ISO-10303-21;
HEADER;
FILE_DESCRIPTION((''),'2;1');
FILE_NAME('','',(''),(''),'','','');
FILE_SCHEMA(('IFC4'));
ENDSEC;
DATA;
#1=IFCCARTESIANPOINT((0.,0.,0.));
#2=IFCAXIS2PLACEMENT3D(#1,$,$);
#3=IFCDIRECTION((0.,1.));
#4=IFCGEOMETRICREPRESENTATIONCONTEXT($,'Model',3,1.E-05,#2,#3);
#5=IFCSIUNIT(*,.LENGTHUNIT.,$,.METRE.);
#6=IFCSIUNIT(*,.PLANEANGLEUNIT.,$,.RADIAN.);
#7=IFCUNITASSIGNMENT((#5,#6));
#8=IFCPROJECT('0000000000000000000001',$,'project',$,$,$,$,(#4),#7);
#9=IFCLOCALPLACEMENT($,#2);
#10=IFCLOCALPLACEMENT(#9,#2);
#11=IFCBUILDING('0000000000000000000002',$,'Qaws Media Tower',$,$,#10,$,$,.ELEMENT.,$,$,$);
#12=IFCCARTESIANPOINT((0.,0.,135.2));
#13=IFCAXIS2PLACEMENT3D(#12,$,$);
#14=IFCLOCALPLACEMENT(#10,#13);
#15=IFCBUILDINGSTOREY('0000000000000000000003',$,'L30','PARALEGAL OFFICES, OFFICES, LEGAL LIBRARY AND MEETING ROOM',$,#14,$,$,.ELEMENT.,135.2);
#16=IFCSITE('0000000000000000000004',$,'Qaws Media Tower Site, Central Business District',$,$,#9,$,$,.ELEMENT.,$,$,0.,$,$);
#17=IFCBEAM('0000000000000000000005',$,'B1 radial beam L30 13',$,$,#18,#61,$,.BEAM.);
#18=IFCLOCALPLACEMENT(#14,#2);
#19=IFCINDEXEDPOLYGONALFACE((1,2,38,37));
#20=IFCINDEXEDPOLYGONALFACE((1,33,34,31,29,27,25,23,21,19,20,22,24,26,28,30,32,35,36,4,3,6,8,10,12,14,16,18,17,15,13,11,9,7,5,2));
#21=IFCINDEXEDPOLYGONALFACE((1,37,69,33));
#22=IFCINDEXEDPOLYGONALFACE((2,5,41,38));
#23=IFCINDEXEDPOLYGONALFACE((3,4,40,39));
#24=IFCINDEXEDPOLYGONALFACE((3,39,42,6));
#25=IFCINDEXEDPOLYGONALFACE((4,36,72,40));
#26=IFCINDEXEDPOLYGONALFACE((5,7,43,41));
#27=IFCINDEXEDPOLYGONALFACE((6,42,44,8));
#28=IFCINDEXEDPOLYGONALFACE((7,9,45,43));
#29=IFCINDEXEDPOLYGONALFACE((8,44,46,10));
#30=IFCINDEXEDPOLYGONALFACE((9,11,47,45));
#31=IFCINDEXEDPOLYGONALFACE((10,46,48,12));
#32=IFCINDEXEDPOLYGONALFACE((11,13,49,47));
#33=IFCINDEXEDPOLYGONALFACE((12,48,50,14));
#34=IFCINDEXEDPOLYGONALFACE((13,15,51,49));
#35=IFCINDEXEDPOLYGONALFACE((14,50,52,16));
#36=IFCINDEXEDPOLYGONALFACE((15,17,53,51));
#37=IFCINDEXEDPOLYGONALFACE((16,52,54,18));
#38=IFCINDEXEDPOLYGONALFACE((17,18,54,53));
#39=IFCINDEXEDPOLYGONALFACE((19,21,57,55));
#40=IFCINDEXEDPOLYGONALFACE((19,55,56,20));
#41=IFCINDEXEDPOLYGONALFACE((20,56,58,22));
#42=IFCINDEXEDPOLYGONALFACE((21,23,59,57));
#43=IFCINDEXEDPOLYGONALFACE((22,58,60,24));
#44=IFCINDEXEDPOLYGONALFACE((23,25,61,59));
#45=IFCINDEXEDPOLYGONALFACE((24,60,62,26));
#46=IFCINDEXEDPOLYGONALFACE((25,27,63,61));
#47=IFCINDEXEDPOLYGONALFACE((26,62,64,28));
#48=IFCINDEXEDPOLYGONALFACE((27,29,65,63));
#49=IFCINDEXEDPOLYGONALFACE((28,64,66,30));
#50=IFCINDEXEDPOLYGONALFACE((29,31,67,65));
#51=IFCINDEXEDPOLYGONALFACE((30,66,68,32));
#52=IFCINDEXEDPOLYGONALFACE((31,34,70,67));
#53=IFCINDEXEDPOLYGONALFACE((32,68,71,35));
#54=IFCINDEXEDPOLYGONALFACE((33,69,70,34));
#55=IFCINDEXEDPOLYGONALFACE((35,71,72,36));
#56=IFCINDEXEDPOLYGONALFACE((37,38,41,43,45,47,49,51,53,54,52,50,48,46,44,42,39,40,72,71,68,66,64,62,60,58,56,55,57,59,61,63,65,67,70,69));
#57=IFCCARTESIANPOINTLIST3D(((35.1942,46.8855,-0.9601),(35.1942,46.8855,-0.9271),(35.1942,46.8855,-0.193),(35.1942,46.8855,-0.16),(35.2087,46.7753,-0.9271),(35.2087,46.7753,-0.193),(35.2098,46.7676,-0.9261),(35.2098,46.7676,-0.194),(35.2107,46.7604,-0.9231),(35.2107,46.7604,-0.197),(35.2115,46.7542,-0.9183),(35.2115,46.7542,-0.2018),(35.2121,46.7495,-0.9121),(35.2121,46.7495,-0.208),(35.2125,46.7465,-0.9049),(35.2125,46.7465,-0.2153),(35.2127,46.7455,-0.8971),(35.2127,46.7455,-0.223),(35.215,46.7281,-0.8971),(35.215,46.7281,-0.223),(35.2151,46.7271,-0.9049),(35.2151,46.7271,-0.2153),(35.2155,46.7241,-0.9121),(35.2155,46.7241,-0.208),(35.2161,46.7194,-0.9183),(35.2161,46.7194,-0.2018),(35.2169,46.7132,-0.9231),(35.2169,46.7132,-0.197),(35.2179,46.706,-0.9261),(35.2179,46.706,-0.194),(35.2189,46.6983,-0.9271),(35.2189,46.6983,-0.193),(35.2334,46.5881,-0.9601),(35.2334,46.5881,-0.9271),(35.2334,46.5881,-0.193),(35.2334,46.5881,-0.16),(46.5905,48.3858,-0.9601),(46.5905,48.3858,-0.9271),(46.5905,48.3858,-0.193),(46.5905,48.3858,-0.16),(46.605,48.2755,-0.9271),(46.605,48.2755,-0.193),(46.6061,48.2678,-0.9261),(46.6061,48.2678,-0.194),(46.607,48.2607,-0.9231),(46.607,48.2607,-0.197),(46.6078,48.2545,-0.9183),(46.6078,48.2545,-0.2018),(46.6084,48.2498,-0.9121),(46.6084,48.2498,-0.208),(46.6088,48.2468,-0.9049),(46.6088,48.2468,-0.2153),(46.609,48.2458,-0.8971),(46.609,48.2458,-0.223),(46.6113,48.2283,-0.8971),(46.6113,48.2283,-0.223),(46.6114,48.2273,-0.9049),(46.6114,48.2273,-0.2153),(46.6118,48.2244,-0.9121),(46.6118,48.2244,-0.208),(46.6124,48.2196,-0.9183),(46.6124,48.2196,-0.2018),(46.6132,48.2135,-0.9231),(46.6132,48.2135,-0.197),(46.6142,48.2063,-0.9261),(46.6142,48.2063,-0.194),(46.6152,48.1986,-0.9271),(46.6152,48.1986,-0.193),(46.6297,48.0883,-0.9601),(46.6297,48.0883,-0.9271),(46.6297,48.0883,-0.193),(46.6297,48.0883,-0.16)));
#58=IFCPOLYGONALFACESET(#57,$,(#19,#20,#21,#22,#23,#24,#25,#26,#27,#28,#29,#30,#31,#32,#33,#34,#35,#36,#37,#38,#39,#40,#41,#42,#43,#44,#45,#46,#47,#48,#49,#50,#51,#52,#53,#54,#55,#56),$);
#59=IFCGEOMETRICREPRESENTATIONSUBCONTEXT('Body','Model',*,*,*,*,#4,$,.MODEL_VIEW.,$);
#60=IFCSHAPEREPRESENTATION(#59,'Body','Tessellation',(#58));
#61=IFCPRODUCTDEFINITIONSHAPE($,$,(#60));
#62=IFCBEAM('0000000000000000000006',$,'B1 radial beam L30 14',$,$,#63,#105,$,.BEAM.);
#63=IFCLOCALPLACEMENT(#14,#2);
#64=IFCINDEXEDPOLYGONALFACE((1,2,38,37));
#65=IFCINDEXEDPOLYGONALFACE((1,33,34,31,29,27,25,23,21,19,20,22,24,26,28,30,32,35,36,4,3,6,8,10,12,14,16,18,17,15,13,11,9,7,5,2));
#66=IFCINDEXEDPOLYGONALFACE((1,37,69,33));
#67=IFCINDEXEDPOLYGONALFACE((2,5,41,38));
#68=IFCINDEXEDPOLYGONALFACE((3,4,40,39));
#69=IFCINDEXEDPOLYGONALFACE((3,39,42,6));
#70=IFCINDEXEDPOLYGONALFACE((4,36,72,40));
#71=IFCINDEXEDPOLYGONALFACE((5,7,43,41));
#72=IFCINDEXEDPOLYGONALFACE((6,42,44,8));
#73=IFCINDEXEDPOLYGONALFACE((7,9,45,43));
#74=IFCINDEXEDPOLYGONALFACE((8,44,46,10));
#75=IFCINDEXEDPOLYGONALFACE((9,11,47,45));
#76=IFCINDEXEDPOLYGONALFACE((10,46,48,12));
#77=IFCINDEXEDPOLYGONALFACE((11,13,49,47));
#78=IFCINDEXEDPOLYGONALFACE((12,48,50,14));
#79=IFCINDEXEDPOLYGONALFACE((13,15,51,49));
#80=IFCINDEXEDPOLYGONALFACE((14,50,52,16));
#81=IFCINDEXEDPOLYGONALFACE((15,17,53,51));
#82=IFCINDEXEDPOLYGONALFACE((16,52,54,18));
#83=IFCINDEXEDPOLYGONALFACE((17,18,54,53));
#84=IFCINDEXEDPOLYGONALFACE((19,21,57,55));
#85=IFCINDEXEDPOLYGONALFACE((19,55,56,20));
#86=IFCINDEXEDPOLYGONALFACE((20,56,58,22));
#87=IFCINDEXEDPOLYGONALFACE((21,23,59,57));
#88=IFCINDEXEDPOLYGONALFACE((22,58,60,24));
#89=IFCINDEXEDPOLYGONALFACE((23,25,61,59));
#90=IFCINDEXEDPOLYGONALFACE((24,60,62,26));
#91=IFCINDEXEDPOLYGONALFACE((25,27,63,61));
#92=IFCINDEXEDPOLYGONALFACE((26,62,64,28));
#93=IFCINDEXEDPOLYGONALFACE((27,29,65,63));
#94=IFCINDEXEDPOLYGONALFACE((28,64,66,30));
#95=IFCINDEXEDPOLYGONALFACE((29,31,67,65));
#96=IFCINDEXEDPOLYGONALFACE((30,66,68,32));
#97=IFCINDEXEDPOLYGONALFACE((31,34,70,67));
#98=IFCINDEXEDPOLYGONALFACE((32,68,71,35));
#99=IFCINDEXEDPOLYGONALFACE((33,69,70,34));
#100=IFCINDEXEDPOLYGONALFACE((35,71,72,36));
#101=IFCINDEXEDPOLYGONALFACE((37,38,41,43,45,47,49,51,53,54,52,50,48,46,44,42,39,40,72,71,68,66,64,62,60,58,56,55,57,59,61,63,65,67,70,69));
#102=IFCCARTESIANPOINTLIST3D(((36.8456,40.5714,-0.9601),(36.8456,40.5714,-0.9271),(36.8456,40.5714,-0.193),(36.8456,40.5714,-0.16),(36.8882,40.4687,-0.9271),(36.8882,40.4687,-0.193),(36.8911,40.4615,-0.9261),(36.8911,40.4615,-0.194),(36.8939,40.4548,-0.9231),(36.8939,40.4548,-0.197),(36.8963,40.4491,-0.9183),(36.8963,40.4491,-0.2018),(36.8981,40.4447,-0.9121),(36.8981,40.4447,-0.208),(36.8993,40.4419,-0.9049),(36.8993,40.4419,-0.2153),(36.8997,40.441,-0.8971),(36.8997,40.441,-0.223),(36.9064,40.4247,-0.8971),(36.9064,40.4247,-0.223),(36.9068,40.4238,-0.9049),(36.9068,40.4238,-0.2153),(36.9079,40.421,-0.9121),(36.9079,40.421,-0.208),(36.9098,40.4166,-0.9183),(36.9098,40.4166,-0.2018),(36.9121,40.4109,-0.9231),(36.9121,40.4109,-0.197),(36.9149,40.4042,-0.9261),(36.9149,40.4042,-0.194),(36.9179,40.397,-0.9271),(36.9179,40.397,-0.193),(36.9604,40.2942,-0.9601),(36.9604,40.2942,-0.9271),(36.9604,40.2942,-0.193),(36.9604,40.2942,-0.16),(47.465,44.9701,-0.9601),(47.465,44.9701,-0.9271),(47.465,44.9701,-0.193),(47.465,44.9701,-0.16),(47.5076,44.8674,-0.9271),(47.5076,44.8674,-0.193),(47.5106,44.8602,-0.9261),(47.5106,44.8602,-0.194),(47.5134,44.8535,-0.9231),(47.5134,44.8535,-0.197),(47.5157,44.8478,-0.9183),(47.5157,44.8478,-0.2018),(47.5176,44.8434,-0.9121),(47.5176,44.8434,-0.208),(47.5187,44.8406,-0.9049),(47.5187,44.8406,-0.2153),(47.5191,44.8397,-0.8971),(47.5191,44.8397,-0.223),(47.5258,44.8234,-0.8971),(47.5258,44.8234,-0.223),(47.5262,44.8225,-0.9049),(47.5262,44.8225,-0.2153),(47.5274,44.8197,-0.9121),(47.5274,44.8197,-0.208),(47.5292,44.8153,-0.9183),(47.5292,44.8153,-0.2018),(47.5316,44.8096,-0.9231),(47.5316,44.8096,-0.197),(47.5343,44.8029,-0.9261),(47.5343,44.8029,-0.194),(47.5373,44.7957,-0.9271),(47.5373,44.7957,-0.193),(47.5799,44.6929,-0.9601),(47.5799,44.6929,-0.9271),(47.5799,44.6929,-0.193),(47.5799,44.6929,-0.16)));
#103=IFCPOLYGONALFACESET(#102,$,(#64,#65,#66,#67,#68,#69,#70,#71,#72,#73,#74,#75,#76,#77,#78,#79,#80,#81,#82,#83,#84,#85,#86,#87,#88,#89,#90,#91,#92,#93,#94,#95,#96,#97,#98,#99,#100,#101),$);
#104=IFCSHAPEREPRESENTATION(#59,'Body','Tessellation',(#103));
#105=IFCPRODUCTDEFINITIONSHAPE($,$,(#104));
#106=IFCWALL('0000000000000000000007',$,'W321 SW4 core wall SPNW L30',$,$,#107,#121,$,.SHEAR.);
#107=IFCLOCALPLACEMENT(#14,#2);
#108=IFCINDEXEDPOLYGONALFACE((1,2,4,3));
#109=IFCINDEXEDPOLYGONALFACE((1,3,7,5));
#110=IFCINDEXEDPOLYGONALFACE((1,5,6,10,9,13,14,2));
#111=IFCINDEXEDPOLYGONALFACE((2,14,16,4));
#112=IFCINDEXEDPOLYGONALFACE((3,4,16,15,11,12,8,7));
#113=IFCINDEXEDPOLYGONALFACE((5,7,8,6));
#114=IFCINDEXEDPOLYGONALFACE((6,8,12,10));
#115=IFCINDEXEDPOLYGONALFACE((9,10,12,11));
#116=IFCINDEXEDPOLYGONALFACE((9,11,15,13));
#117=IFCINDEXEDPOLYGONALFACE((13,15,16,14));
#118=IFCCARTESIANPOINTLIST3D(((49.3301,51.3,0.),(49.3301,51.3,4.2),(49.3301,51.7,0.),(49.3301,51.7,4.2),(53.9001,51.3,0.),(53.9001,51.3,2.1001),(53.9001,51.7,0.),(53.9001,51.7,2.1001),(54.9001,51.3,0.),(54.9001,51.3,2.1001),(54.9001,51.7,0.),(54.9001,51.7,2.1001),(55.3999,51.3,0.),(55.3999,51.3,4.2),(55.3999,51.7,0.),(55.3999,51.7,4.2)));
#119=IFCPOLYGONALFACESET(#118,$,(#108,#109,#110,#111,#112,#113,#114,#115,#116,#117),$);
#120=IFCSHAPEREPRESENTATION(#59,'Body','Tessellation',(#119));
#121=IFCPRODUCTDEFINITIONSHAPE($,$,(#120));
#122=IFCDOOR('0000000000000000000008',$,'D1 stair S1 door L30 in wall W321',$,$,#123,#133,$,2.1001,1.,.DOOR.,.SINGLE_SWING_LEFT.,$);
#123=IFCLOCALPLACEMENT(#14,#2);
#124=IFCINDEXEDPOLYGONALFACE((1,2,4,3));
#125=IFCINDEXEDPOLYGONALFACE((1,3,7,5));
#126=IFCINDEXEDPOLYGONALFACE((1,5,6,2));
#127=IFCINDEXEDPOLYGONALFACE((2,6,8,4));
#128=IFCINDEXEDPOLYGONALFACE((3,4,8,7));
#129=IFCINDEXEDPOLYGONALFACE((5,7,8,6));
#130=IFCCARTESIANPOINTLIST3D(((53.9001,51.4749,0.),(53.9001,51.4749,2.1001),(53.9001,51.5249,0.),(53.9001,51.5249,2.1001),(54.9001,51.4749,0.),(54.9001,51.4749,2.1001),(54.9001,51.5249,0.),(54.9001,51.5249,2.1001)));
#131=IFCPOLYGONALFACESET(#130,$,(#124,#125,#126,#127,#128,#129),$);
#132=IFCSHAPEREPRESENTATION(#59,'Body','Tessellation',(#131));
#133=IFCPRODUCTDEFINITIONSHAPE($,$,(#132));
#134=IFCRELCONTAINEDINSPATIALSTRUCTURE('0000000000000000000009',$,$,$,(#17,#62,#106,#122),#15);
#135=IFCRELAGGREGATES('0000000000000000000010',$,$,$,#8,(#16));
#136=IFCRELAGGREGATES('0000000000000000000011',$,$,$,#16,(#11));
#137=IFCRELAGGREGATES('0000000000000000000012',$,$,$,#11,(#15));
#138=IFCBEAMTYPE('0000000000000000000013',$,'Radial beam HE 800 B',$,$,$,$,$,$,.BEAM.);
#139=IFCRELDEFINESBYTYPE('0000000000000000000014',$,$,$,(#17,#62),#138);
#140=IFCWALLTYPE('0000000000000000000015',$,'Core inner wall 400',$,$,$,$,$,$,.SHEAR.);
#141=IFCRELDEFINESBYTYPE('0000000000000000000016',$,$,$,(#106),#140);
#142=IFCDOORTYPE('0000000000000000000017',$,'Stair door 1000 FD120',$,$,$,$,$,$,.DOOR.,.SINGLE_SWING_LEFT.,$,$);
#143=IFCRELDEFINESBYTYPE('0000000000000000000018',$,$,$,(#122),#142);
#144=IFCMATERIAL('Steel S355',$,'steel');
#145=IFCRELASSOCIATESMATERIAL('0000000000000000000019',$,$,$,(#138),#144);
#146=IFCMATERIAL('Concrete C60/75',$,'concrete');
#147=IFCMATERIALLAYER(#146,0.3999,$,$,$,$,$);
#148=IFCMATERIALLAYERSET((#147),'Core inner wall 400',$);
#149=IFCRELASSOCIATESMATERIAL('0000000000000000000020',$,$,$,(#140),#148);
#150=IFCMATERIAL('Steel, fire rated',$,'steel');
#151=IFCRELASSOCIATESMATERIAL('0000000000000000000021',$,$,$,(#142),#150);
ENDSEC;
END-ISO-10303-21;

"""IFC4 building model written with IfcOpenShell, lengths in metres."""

from ifc_helpers import new_model, si_unit, direction, frame, frame_2d, origin, origin_2d, place, context, subcontext, project, spatial, rectangle, i_section, extrude, material, layer, layer_set, material_profile, profile_set, type_object, element, fill, save


model = new_model("IFC4")

# Units and contexts
model_context = context("Model", 3, precision=1e-05, world=origin(), true_north=direction((0.0, 1.0)))
body_context = subcontext(model_context, "Body", "Model", "MODEL_VIEW")
ifc_project = project(units=[si_unit("LENGTHUNIT", "METRE"), si_unit("PLANEANGLEUNIT", "RADIAN")], contexts=[model_context])

# Site, building, storey
site_placement = place(None, origin())
site = spatial("IfcSite", under=ifc_project, at=site_placement, Name="Qaws Media Tower Site, Central Business District", CompositionType="ELEMENT", RefElevation=0.0)
building_placement = place(site_placement, origin())
building = spatial("IfcBuilding", under=site, at=building_placement, Name="Qaws Media Tower", CompositionType="ELEMENT")
storey_placement = place(building_placement, frame((0.0, 0.0, 135.2)))
storey = spatial("IfcBuildingStorey", under=building, at=storey_placement, Name="L30", Description="PARALEGAL OFFICES, OFFICES, LEGAL LIBRARY AND MEETING ROOM", CompositionType="ELEMENT", Elevation=135.2)

# Beams
ifc_material_1 = material(Name="Steel S355", Category="steel")
ifc_material_profile_1 = material_profile(ifc_material_1, i_section(OverallWidth=0.3, OverallDepth=0.8, WebThickness=0.0176, FlangeThickness=0.033, FilletRadius=0.03, at=origin_2d()), Name="HE 800 B")
ifc_profile_set_1 = profile_set([ifc_material_profile_1], Name="Steel S355")
beam_type_1 = type_object("IfcBeamType", Name="Radial beam HE 800 B", PredefinedType="BEAM", material=ifc_profile_set_1)
beam_1_placement = place(storey_placement, frame((46.6101, 48.2371, -0.5601), z_axis=(-0.991446, -0.130518, 0.0), x_axis=(0.130518, -0.991446, 0.0)))
element("IfcBeam", 1, at=beam_1_placement, inside=storey, type_object=beam_type_1, Name="B1 radial beam L30 13", PredefinedType="BEAM", context=body_context, shape_type="SweptSolid", body=[
    extrude(i_section(OverallWidth=0.3, OverallDepth=0.8, WebThickness=0.0176, FlangeThickness=0.033, FilletRadius=0.03, at=origin_2d()), origin(), (0.0, 0.0, 1.0), 11.4946),
])
beam_2_placement = place(storey_placement, frame((47.5225, 44.8315, -0.5601), z_axis=(-0.92388, -0.382683, 0.0), x_axis=(0.382683, -0.92388, 0.0)))
element("IfcBeam", 2, at=beam_2_placement, inside=storey, type_object=beam_type_1, Name="B1 radial beam L30 14", PredefinedType="BEAM", context=body_context, shape_type="SweptSolid", body=[
    extrude(i_section(OverallWidth=0.3, OverallDepth=0.8, WebThickness=0.0176, FlangeThickness=0.033, FilletRadius=0.03, at=origin_2d()), origin(), (0.0, 0.0, 1.0), 11.4944),
])

# Wall, opening, door
ifc_material_2 = material(Name="Concrete C60/75", Category="concrete")
ifc_layer_1 = layer(ifc_material_2, 0.3999)
ifc_layer_set_1 = layer_set([ifc_layer_1], Name="Core inner wall 400")
wall_type_1 = type_object("IfcWallType", Name="Core inner wall 400", PredefinedType="SHEAR", material=ifc_layer_set_1)
wall_1_placement = place(storey_placement, frame((49.3301, 51.5, 0.0), z_axis=(0.0, 0.0, 1.0), x_axis=(1.0, 0.0, 0.0)))
wall_1 = element("IfcWall", 3, at=wall_1_placement, inside=storey, type_object=wall_type_1, Name="W321 SW4 core wall SPNW L30", PredefinedType="SHEAR", context=body_context, shape_type="SweptSolid", body=[
    extrude(rectangle(XDim=6.0698, YDim=0.3999, at=frame_2d((3.0349, 0.0))), origin(), (0.0, 0.0, 1.0), 4.2),
])
opening_1_placement = place(wall_1_placement, frame((4.5701, 0.0, 0.0)))
opening_1 = element("IfcOpeningElement", 4, at=opening_1_placement, cuts=wall_1, PredefinedType="OPENING", context=body_context, shape_type="SweptSolid", body=[
    extrude(rectangle(XDim=1.0, YDim=2.1001, at=frame_2d((0.5, 1.05))), frame((0.0, 0.21, 0.0), z_axis=(0.0, -1.0, 0.0), x_axis=(1.0, 0.0, 0.0)), (0.0, 0.0, 1.0), 0.4199),
])
ifc_material_3 = material(Name="Steel, fire rated", Category="steel")
door_type_1 = type_object("IfcDoorType", Name="Stair door 1000 FD120", OperationType="SINGLE_SWING_LEFT", PredefinedType="DOOR", material=ifc_material_3)
door_1_placement = place(opening_1_placement, origin())
door_1 = element("IfcDoor", 5, at=door_1_placement, inside=storey, type_object=door_type_1, Name="D1 stair S1 door L30 in wall W321", OperationType="SINGLE_SWING_LEFT", OverallHeight=2.1001, OverallWidth=1.0, PredefinedType="DOOR", context=body_context, shape_type="SweptSolid", body=[
    extrude(rectangle(XDim=1.0, YDim=2.1001, at=frame_2d((0.5, 1.05))), frame((0.0, 0.0249, 0.0), z_axis=(0.0, -1.0, 0.0), x_axis=(1.0, 0.0, 0.0)), (0.0, 0.0, 1.0), 0.05),
])
fill(opening_1, door_1)

save(model, "model.ifc")
